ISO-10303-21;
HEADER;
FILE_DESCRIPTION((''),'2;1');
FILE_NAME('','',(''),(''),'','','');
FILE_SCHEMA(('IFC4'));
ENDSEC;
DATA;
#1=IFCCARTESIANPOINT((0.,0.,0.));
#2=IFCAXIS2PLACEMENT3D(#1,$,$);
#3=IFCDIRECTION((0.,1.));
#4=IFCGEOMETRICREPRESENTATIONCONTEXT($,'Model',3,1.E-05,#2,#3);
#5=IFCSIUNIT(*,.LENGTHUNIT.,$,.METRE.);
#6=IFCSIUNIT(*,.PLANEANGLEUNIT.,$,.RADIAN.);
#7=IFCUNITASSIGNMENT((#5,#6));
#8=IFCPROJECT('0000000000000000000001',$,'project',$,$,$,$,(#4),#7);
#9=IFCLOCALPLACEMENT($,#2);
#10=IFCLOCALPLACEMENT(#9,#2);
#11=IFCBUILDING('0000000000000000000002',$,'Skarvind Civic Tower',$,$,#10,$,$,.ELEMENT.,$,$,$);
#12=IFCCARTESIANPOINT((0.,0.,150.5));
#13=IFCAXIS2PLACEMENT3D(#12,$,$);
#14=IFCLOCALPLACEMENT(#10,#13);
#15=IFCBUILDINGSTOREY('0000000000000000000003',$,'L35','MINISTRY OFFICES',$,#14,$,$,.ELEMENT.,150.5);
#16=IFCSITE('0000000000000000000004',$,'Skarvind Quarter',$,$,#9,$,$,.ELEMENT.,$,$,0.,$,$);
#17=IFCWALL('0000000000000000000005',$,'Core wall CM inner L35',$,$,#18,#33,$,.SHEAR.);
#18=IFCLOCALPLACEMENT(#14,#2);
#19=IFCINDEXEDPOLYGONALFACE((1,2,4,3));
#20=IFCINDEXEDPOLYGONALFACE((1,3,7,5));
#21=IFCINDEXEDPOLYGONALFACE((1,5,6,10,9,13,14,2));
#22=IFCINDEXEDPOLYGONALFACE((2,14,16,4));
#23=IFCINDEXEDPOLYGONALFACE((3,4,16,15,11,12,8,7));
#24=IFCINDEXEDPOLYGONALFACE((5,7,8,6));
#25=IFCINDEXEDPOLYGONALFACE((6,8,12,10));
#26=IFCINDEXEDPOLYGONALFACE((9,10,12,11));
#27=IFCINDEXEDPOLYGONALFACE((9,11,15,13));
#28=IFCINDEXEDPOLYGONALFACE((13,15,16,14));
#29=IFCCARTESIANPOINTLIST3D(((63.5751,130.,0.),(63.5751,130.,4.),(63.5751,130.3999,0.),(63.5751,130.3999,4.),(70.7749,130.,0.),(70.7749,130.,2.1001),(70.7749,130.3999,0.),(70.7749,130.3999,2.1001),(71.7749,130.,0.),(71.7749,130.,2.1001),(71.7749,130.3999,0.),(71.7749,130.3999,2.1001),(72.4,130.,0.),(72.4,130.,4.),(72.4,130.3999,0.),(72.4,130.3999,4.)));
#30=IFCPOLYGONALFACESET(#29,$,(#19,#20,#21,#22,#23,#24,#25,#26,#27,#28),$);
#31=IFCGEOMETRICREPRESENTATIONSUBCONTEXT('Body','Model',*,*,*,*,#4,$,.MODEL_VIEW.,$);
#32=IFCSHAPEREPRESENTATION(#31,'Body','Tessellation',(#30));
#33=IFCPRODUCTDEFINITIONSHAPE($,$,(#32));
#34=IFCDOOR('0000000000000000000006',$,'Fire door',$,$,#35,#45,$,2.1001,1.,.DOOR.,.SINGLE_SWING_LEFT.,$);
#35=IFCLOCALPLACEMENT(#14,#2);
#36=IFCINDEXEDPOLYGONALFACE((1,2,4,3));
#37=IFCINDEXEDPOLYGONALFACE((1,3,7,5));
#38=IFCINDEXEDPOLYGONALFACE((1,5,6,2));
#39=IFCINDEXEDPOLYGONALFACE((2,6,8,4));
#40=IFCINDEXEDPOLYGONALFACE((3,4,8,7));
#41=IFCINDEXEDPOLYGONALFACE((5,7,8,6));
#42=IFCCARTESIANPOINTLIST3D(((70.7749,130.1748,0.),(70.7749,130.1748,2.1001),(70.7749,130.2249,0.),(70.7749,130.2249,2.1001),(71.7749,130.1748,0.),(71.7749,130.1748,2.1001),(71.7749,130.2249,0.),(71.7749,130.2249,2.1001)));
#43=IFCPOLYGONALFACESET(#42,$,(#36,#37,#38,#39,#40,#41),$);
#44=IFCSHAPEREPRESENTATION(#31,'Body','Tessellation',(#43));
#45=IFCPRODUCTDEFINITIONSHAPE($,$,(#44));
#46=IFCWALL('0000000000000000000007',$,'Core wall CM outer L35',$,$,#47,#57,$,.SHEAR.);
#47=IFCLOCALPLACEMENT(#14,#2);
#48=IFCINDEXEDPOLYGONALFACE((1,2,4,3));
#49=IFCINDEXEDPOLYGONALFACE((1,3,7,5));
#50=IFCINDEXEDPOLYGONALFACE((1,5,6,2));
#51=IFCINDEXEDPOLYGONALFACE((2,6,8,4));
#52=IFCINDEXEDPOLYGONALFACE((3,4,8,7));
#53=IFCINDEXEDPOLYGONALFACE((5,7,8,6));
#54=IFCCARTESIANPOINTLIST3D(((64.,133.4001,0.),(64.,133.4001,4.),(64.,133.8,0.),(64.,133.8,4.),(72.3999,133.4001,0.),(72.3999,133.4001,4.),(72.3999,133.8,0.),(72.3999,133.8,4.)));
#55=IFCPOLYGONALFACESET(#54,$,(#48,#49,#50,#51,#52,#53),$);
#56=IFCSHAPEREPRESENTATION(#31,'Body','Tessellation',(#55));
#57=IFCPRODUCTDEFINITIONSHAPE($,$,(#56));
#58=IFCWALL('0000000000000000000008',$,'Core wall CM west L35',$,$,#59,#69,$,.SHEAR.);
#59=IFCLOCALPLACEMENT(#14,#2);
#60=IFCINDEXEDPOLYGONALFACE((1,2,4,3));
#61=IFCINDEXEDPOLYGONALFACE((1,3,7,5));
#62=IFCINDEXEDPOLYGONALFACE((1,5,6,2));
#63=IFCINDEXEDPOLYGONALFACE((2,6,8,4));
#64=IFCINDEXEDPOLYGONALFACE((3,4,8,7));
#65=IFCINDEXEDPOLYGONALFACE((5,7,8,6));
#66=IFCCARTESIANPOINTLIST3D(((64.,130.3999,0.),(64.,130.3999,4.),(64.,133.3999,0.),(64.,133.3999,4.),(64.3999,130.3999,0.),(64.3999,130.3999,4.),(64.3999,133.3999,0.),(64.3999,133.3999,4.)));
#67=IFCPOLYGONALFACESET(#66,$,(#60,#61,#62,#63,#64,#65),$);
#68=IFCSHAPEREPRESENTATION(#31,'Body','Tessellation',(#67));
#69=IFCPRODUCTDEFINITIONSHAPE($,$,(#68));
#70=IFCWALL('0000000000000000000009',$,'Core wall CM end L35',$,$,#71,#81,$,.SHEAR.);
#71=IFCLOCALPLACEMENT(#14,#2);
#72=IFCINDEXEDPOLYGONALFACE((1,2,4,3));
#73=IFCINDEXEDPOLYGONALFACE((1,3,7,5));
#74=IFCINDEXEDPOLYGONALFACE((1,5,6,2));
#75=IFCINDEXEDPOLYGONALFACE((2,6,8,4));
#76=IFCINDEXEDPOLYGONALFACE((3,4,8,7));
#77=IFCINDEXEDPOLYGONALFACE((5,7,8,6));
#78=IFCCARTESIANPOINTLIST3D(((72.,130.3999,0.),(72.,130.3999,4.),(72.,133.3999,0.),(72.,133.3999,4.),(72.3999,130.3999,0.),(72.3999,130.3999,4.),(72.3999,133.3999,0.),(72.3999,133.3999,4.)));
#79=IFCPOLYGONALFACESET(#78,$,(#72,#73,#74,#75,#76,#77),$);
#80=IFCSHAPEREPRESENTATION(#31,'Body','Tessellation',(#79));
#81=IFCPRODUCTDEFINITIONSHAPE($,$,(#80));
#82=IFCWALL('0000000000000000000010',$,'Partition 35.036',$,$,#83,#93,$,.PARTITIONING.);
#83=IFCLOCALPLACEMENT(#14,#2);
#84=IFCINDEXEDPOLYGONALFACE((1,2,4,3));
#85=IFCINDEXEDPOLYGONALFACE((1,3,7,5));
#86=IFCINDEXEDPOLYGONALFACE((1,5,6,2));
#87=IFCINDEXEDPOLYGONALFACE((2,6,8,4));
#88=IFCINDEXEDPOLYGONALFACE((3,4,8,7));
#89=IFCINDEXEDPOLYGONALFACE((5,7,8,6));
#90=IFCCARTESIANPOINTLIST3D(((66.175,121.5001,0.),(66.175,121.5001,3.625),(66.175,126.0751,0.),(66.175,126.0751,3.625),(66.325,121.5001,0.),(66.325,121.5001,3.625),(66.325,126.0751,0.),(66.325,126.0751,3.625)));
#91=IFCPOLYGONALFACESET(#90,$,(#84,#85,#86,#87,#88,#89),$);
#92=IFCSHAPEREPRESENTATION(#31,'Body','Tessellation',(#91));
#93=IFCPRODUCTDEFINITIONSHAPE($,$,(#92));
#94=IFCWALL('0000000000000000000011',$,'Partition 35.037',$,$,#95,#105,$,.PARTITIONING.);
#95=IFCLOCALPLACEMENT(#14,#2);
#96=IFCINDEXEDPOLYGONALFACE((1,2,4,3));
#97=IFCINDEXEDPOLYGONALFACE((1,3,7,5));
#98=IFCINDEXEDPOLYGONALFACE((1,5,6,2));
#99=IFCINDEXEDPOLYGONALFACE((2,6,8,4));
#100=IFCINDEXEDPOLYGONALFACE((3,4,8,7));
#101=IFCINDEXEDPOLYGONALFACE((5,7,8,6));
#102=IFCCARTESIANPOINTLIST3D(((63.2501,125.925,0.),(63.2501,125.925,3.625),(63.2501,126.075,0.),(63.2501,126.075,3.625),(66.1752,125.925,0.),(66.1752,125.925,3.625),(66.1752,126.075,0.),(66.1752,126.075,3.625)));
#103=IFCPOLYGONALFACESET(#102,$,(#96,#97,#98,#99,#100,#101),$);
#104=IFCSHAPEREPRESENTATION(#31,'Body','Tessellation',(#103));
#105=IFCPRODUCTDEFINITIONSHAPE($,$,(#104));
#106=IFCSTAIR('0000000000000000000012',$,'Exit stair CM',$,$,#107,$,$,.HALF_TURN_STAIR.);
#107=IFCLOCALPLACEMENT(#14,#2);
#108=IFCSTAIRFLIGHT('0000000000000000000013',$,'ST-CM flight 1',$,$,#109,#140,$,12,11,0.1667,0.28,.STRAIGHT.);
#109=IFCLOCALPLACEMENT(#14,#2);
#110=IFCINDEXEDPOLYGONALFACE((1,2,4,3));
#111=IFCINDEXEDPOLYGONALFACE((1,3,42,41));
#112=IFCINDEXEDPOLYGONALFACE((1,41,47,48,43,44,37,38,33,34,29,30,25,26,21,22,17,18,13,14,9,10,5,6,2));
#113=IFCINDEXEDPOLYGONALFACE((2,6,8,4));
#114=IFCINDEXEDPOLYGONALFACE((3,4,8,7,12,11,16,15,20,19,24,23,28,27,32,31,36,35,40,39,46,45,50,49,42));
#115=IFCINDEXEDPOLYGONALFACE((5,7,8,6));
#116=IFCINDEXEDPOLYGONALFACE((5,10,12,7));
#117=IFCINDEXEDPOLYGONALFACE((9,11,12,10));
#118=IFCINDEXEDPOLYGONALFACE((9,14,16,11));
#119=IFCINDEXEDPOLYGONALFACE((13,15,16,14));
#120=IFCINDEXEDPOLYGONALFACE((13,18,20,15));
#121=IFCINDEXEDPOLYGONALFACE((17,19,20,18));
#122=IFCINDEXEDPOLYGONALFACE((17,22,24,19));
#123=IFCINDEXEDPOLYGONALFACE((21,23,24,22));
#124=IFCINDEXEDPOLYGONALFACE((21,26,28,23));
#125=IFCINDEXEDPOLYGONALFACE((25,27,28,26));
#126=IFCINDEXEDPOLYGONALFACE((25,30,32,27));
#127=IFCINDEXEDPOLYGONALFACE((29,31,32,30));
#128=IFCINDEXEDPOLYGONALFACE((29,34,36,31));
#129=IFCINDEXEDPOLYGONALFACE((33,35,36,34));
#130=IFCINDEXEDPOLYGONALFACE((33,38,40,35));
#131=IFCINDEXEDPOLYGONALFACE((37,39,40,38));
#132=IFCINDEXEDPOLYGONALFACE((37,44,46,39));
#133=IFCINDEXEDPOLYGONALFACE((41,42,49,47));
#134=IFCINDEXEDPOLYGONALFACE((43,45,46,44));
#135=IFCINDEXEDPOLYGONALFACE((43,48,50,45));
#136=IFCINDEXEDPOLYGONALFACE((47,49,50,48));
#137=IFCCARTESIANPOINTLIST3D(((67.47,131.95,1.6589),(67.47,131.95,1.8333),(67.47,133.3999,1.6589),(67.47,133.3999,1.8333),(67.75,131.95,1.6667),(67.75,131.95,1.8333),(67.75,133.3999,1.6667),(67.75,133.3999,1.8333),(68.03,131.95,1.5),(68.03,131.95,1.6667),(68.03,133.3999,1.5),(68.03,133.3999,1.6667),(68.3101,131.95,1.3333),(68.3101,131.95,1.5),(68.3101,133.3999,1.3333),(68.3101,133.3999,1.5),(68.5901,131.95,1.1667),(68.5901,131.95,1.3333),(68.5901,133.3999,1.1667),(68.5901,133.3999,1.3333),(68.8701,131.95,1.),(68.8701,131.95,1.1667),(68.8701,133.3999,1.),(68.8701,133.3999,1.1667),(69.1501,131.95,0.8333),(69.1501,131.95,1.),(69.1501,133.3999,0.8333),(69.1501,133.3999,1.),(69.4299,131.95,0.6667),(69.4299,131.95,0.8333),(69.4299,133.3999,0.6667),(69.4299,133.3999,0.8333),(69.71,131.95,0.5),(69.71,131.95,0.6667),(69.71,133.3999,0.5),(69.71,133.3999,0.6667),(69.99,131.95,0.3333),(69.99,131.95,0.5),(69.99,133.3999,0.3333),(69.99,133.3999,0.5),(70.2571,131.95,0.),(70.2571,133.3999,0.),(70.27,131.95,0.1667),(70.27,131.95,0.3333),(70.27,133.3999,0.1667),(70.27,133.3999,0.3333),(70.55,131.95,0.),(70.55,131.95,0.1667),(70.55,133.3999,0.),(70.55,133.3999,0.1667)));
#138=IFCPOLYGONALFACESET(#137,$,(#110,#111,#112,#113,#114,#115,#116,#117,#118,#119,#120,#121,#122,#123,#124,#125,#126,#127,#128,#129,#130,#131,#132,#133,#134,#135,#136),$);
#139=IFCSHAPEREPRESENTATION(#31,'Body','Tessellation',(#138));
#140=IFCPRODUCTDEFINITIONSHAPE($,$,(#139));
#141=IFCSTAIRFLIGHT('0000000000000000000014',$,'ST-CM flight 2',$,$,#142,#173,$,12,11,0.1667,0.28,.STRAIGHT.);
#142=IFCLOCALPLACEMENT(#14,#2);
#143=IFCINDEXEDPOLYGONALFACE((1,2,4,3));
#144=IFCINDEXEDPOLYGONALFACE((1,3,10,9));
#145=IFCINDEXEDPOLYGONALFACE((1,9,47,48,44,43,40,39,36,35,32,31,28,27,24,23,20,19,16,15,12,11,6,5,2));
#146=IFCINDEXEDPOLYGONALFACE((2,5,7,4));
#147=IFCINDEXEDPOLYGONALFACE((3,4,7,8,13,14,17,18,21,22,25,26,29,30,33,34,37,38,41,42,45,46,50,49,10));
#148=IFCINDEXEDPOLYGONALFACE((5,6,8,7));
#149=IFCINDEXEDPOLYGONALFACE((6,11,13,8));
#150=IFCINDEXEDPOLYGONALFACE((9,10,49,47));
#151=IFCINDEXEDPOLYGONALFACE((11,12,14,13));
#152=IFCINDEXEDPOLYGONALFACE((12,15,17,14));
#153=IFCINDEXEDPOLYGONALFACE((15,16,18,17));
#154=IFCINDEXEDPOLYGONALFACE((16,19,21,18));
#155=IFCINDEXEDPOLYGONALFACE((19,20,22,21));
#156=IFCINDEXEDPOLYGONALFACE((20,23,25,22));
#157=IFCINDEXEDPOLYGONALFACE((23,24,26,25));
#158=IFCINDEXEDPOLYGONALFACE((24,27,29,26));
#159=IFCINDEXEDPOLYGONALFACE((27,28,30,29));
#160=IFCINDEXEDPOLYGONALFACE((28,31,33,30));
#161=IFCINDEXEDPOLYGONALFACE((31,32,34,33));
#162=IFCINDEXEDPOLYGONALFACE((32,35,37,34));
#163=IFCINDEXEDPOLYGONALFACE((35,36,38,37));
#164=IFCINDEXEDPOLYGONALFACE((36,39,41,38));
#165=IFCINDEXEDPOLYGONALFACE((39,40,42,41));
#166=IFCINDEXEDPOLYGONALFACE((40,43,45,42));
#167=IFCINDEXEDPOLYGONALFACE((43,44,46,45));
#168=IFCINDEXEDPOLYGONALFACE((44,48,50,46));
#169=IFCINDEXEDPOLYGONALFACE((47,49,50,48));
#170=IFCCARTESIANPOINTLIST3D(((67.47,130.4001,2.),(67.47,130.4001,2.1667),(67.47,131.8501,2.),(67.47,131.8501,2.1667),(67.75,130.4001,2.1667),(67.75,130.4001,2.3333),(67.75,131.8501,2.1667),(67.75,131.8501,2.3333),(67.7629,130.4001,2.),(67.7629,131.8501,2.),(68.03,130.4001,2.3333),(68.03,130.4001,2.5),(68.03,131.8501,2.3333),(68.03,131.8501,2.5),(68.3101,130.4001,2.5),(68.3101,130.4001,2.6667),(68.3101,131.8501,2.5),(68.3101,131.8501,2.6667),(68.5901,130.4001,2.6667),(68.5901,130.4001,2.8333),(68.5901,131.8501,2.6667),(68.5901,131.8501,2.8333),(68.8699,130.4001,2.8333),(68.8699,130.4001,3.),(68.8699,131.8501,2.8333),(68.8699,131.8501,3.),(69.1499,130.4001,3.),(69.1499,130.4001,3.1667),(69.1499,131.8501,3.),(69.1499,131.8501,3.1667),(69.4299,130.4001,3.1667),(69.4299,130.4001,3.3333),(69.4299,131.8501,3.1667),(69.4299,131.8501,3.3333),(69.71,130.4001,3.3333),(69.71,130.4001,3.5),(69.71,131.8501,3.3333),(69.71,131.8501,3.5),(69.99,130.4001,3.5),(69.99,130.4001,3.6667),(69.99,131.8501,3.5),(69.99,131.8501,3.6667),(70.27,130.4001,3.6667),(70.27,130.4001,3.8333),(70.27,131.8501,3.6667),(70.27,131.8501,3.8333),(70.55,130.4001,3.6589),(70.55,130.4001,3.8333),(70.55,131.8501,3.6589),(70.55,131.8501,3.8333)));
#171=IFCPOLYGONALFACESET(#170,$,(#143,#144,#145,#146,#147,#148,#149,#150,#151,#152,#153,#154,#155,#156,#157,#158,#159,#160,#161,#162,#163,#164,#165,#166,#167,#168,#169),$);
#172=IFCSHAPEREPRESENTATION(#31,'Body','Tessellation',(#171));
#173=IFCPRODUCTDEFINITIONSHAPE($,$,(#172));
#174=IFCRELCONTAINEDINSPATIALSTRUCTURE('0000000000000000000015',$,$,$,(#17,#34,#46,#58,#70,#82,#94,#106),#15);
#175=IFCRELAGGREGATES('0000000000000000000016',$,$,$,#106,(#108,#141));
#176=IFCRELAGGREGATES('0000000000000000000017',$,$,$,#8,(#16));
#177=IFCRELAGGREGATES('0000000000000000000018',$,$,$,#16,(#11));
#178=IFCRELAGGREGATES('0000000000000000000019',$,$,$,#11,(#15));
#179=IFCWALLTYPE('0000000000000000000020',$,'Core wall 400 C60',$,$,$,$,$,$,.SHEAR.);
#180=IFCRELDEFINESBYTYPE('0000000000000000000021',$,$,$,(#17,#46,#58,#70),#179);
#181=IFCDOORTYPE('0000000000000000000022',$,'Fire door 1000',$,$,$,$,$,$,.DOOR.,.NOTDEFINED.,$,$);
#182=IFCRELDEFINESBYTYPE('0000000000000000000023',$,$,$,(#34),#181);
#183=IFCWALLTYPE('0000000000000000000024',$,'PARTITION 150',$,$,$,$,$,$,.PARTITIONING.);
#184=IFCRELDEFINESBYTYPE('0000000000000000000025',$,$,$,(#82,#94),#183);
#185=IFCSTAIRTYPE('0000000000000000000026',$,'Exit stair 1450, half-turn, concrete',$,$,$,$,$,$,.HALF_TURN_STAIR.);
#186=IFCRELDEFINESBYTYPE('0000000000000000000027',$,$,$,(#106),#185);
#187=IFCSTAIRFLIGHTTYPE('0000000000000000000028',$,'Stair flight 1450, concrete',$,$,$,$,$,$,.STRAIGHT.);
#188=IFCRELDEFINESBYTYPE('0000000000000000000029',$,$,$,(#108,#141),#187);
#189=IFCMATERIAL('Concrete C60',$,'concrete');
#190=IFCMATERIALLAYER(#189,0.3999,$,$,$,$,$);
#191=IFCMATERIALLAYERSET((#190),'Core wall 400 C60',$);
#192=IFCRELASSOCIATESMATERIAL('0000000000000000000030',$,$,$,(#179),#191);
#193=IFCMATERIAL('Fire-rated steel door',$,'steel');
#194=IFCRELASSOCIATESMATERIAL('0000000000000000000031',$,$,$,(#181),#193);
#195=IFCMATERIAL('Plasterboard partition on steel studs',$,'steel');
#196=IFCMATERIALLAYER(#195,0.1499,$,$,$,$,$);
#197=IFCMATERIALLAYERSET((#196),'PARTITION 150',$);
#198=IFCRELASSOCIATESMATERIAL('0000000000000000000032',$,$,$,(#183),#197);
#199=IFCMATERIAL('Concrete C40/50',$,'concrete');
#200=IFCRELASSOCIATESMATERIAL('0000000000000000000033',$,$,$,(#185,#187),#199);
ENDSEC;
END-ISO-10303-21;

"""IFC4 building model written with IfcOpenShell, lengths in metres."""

from ifc_helpers import new_model, si_unit, direction, frame, frame_2d, origin, place, context, subcontext, project, spatial, polyline, rectangle, outline, extrude, material, layer, layer_set, type_object, element, fill, aggregate, save


model = new_model("IFC4")

# Units and contexts
model_context = context("Model", 3, precision=1e-05, world=origin(), true_north=direction((0.0, 1.0)))
body_context = subcontext(model_context, "Body", "Model", "MODEL_VIEW")
ifc_project = project(units=[si_unit("LENGTHUNIT", "METRE"), si_unit("PLANEANGLEUNIT", "RADIAN")], contexts=[model_context])

# Site, building, storey
site_placement = place(None, origin())
site = spatial("IfcSite", under=ifc_project, at=site_placement, Name="Skarvind Quarter", CompositionType="ELEMENT", RefElevation=0.0)
building_placement = place(site_placement, origin())
building = spatial("IfcBuilding", under=site, at=building_placement, Name="Skarvind Civic Tower", CompositionType="ELEMENT")
storey_placement = place(building_placement, frame((0.0, 0.0, 150.5)))
storey = spatial("IfcBuildingStorey", under=building, at=storey_placement, Name="L35", Description="MINISTRY OFFICES", CompositionType="ELEMENT", Elevation=150.5)

# Shared definitions
ifc_material_1 = material(Name="Concrete C60", Category="concrete")

# Wall, opening, door
ifc_layer_1 = layer(ifc_material_1, 0.3999)
ifc_layer_set_1 = layer_set([ifc_layer_1], Name="Core wall 400 C60")
wall_type_1 = type_object("IfcWallType", Name="Core wall 400 C60", PredefinedType="SHEAR", material=ifc_layer_set_1)
wall_1_placement = place(storey_placement, frame((63.575, 130.2, 0.0), z_axis=(0.0, 0.0, 1.0), x_axis=(1.0, 0.0, 0.0)))
wall_1 = element("IfcWall", 1, at=wall_1_placement, inside=storey, type_object=wall_type_1, Name="Core wall CM inner L35", PredefinedType="SHEAR", context=body_context, shape_type="SweptSolid", body=[
    extrude(rectangle(XDim=8.825, YDim=0.3999, at=frame_2d((4.4126, 0.0))), origin(), (0.0, 0.0, 1.0), 4.0),
])
opening_1_placement = place(wall_1_placement, frame((7.2, 0.0, 0.0)))
opening_1 = element("IfcOpeningElement", 2, at=opening_1_placement, cuts=wall_1, PredefinedType="OPENING", context=body_context, shape_type="SweptSolid", body=[
    extrude(rectangle(XDim=1.0, YDim=2.1001, at=frame_2d((0.5, 1.05))), frame((0.0, 0.21, 0.0), z_axis=(0.0, -1.0, 0.0), x_axis=(1.0, 0.0, 0.0)), (0.0, 0.0, 1.0), 0.4199),
])
ifc_material_2 = material(Name="Fire-rated steel door", Category="steel")
door_type_1 = type_object("IfcDoorType", Name="Fire door 1000", OperationType="NOTDEFINED", PredefinedType="DOOR", material=ifc_material_2)
door_1_placement = place(opening_1_placement, origin())
door_1 = element("IfcDoor", 3, at=door_1_placement, inside=storey, type_object=door_type_1, Name="Fire door", OperationType="SINGLE_SWING_LEFT", OverallHeight=2.1001, OverallWidth=1.0, PredefinedType="DOOR", context=body_context, shape_type="SweptSolid", body=[
    extrude(rectangle(XDim=1.0, YDim=2.1001, at=frame_2d((0.5, 1.05))), frame((0.0, 0.0249, 0.0), z_axis=(0.0, -1.0, 0.0), x_axis=(1.0, 0.0, 0.0)), (0.0, 0.0, 1.0), 0.05),
])
fill(opening_1, door_1)

# Walls
wall_2_placement = place(storey_placement, frame((64.0, 133.6001, 0.0), z_axis=(0.0, 0.0, 1.0), x_axis=(1.0, 0.0, 0.0)))
element("IfcWall", 4, at=wall_2_placement, inside=storey, type_object=wall_type_1, Name="Core wall CM outer L35", PredefinedType="SHEAR", context=body_context, shape_type="SweptSolid", body=[
    extrude(rectangle(XDim=8.3999, YDim=0.3999, at=frame_2d((4.2, 0.0))), origin(), (0.0, 0.0, 1.0), 4.0),
])
for number, where, z_axis, x_axis, name in (
    (5, (64.2, 130.3999, 0.0), (0.0, 0.0, 1.0), (0.0, 1.0, 0.0), "Core wall CM west L35"),
    (6, (72.2, 130.3999, 0.0), (0.0, 0.0, 1.0), (0.0, 1.0, 0.0), "Core wall CM end L35"),
):
    element("IfcWall", number, at=place(storey_placement, frame(where, z_axis=z_axis, x_axis=x_axis)), inside=storey, type_object=wall_type_1, Name=name, PredefinedType="SHEAR", context=body_context, shape_type="SweptSolid", body=[
        extrude(rectangle(XDim=3.0, YDim=0.3999, at=frame_2d((1.5, 0.0))), origin(), (0.0, 0.0, 1.0), 4.0),
    ])
ifc_material_3 = material(Name="Plasterboard partition on steel studs", Category="steel")
ifc_layer_2 = layer(ifc_material_3, 0.1499)
ifc_layer_set_2 = layer_set([ifc_layer_2], Name="PARTITION 150")
wall_type_2 = type_object("IfcWallType", Name="PARTITION 150", PredefinedType="PARTITIONING", material=ifc_layer_set_2)
wall_3_placement = place(storey_placement, frame((66.25, 121.5, 0.0), z_axis=(0.0, 0.0, 1.0), x_axis=(0.0, 1.0, 0.0)))
element("IfcWall", 7, at=wall_3_placement, inside=storey, type_object=wall_type_2, Name="Partition 35.036", PredefinedType="PARTITIONING", context=body_context, shape_type="SweptSolid", body=[
    extrude(rectangle(XDim=4.575, YDim=0.1499, at=frame_2d((2.2876, 0.0))), origin(), (0.0, 0.0, 1.0), 3.625),
])
wall_4_placement = place(storey_placement, frame((66.175, 126.0, 0.0), z_axis=(0.0, 0.0, 1.0), x_axis=(-1.0, 0.0, 0.0)))
element("IfcWall", 8, at=wall_4_placement, inside=storey, type_object=wall_type_2, Name="Partition 35.037", PredefinedType="PARTITIONING", context=body_context, shape_type="SweptSolid", body=[
    extrude(rectangle(XDim=2.925, YDim=0.1499, at=frame_2d((1.4624, 0.0))), origin(), (0.0, 0.0, 1.0), 3.625),
])

# Stair, stair flights
ifc_material_4 = material(Name="Concrete C40/50", Category="concrete")
stair_type = type_object("IfcStairType", Name="Exit stair 1450, half-turn, concrete", PredefinedType="HALF_TURN_STAIR", material=ifc_material_4)
stair_placement = place(storey_placement, origin())
stair = element("IfcStair", 9, at=stair_placement, inside=storey, type_object=stair_type, Name="Exit stair CM", PredefinedType="HALF_TURN_STAIR")
stair_flight_type = type_object("IfcStairFlightType", Name="Stair flight 1450, concrete", PredefinedType="STRAIGHT", material=ifc_material_4)
stair_flight_1_placement = place(storey_placement, frame((70.55, 132.675, 0.0), z_axis=(0.0, 0.0, 1.0), x_axis=(-1.0, 0.0, 0.0)))
stair_flight_1 = element("IfcStairFlight", 10, at=stair_flight_1_placement, type_object=stair_flight_type, Name="ST-CM flight 1", NumberOfRisers=12, NumberOfTreads=11, PredefinedType="STRAIGHT", RiserHeight=0.1667, TreadLength=0.28, context=body_context, shape_type="SweptSolid", body=[
    extrude(outline(polyline([(0.0, 0.0), (0.0, 0.1667), (0.28, 0.1667), (0.28, 0.3333), (0.5601, 0.3333), (0.5601, 0.5), (0.8401, 0.5), (0.8401, 0.6667), (1.1201, 0.6667), (1.1201, 0.8333), (1.3999, 0.8333), (1.3999, 1.0), (1.6799, 1.0), (1.6799, 1.1667), (1.96, 1.1667), (1.96, 1.3333), (2.24, 1.3333), (2.24, 1.5), (2.52, 1.5), (2.52, 1.6667), (2.8, 1.6667), (2.8, 1.8333), (3.0801, 1.8333), (3.0801, 2.0), (3.0801, 1.6589), (0.293, 0.0), (0.0, 0.0)])), frame((0.0, 0.7251, 0.0), z_axis=(0.0, -1.0, 0.0), x_axis=(1.0, 0.0, 0.0)), (0.0, 0.0, 1.0), 1.45),
])
stair_flight_2_placement = place(storey_placement, frame((67.47, 131.125, 2.0), z_axis=(0.0, 0.0, 1.0), x_axis=(1.0, 0.0, 0.0)))
stair_flight_2 = element("IfcStairFlight", 11, at=stair_flight_2_placement, type_object=stair_flight_type, Name="ST-CM flight 2", NumberOfRisers=12, NumberOfTreads=11, PredefinedType="STRAIGHT", RiserHeight=0.1667, TreadLength=0.28, context=body_context, shape_type="SweptSolid", body=[
    extrude(outline(polyline([(0.0, 0.0), (0.0, 0.1667), (0.28, 0.1667), (0.28, 0.3333), (0.5601, 0.3333), (0.5601, 0.5), (0.8401, 0.5), (0.8401, 0.6667), (1.1201, 0.6667), (1.1201, 0.8333), (1.3999, 0.8333), (1.3999, 1.0), (1.6799, 1.0), (1.6799, 1.1667), (1.96, 1.1667), (1.96, 1.3333), (2.24, 1.3333), (2.24, 1.5), (2.52, 1.5), (2.52, 1.6667), (2.8, 1.6667), (2.8, 1.8333), (3.0801, 1.8333), (3.0801, 2.0), (3.0801, 1.6589), (0.293, 0.0), (0.0, 0.0)])), frame((0.0, 0.7251, 0.0), z_axis=(0.0, -1.0, 0.0), x_axis=(1.0, 0.0, 0.0)), (0.0, 0.0, 1.0), 1.45),
])
aggregate(stair, [stair_flight_1, stair_flight_2])

save(model, "model.ifc")
